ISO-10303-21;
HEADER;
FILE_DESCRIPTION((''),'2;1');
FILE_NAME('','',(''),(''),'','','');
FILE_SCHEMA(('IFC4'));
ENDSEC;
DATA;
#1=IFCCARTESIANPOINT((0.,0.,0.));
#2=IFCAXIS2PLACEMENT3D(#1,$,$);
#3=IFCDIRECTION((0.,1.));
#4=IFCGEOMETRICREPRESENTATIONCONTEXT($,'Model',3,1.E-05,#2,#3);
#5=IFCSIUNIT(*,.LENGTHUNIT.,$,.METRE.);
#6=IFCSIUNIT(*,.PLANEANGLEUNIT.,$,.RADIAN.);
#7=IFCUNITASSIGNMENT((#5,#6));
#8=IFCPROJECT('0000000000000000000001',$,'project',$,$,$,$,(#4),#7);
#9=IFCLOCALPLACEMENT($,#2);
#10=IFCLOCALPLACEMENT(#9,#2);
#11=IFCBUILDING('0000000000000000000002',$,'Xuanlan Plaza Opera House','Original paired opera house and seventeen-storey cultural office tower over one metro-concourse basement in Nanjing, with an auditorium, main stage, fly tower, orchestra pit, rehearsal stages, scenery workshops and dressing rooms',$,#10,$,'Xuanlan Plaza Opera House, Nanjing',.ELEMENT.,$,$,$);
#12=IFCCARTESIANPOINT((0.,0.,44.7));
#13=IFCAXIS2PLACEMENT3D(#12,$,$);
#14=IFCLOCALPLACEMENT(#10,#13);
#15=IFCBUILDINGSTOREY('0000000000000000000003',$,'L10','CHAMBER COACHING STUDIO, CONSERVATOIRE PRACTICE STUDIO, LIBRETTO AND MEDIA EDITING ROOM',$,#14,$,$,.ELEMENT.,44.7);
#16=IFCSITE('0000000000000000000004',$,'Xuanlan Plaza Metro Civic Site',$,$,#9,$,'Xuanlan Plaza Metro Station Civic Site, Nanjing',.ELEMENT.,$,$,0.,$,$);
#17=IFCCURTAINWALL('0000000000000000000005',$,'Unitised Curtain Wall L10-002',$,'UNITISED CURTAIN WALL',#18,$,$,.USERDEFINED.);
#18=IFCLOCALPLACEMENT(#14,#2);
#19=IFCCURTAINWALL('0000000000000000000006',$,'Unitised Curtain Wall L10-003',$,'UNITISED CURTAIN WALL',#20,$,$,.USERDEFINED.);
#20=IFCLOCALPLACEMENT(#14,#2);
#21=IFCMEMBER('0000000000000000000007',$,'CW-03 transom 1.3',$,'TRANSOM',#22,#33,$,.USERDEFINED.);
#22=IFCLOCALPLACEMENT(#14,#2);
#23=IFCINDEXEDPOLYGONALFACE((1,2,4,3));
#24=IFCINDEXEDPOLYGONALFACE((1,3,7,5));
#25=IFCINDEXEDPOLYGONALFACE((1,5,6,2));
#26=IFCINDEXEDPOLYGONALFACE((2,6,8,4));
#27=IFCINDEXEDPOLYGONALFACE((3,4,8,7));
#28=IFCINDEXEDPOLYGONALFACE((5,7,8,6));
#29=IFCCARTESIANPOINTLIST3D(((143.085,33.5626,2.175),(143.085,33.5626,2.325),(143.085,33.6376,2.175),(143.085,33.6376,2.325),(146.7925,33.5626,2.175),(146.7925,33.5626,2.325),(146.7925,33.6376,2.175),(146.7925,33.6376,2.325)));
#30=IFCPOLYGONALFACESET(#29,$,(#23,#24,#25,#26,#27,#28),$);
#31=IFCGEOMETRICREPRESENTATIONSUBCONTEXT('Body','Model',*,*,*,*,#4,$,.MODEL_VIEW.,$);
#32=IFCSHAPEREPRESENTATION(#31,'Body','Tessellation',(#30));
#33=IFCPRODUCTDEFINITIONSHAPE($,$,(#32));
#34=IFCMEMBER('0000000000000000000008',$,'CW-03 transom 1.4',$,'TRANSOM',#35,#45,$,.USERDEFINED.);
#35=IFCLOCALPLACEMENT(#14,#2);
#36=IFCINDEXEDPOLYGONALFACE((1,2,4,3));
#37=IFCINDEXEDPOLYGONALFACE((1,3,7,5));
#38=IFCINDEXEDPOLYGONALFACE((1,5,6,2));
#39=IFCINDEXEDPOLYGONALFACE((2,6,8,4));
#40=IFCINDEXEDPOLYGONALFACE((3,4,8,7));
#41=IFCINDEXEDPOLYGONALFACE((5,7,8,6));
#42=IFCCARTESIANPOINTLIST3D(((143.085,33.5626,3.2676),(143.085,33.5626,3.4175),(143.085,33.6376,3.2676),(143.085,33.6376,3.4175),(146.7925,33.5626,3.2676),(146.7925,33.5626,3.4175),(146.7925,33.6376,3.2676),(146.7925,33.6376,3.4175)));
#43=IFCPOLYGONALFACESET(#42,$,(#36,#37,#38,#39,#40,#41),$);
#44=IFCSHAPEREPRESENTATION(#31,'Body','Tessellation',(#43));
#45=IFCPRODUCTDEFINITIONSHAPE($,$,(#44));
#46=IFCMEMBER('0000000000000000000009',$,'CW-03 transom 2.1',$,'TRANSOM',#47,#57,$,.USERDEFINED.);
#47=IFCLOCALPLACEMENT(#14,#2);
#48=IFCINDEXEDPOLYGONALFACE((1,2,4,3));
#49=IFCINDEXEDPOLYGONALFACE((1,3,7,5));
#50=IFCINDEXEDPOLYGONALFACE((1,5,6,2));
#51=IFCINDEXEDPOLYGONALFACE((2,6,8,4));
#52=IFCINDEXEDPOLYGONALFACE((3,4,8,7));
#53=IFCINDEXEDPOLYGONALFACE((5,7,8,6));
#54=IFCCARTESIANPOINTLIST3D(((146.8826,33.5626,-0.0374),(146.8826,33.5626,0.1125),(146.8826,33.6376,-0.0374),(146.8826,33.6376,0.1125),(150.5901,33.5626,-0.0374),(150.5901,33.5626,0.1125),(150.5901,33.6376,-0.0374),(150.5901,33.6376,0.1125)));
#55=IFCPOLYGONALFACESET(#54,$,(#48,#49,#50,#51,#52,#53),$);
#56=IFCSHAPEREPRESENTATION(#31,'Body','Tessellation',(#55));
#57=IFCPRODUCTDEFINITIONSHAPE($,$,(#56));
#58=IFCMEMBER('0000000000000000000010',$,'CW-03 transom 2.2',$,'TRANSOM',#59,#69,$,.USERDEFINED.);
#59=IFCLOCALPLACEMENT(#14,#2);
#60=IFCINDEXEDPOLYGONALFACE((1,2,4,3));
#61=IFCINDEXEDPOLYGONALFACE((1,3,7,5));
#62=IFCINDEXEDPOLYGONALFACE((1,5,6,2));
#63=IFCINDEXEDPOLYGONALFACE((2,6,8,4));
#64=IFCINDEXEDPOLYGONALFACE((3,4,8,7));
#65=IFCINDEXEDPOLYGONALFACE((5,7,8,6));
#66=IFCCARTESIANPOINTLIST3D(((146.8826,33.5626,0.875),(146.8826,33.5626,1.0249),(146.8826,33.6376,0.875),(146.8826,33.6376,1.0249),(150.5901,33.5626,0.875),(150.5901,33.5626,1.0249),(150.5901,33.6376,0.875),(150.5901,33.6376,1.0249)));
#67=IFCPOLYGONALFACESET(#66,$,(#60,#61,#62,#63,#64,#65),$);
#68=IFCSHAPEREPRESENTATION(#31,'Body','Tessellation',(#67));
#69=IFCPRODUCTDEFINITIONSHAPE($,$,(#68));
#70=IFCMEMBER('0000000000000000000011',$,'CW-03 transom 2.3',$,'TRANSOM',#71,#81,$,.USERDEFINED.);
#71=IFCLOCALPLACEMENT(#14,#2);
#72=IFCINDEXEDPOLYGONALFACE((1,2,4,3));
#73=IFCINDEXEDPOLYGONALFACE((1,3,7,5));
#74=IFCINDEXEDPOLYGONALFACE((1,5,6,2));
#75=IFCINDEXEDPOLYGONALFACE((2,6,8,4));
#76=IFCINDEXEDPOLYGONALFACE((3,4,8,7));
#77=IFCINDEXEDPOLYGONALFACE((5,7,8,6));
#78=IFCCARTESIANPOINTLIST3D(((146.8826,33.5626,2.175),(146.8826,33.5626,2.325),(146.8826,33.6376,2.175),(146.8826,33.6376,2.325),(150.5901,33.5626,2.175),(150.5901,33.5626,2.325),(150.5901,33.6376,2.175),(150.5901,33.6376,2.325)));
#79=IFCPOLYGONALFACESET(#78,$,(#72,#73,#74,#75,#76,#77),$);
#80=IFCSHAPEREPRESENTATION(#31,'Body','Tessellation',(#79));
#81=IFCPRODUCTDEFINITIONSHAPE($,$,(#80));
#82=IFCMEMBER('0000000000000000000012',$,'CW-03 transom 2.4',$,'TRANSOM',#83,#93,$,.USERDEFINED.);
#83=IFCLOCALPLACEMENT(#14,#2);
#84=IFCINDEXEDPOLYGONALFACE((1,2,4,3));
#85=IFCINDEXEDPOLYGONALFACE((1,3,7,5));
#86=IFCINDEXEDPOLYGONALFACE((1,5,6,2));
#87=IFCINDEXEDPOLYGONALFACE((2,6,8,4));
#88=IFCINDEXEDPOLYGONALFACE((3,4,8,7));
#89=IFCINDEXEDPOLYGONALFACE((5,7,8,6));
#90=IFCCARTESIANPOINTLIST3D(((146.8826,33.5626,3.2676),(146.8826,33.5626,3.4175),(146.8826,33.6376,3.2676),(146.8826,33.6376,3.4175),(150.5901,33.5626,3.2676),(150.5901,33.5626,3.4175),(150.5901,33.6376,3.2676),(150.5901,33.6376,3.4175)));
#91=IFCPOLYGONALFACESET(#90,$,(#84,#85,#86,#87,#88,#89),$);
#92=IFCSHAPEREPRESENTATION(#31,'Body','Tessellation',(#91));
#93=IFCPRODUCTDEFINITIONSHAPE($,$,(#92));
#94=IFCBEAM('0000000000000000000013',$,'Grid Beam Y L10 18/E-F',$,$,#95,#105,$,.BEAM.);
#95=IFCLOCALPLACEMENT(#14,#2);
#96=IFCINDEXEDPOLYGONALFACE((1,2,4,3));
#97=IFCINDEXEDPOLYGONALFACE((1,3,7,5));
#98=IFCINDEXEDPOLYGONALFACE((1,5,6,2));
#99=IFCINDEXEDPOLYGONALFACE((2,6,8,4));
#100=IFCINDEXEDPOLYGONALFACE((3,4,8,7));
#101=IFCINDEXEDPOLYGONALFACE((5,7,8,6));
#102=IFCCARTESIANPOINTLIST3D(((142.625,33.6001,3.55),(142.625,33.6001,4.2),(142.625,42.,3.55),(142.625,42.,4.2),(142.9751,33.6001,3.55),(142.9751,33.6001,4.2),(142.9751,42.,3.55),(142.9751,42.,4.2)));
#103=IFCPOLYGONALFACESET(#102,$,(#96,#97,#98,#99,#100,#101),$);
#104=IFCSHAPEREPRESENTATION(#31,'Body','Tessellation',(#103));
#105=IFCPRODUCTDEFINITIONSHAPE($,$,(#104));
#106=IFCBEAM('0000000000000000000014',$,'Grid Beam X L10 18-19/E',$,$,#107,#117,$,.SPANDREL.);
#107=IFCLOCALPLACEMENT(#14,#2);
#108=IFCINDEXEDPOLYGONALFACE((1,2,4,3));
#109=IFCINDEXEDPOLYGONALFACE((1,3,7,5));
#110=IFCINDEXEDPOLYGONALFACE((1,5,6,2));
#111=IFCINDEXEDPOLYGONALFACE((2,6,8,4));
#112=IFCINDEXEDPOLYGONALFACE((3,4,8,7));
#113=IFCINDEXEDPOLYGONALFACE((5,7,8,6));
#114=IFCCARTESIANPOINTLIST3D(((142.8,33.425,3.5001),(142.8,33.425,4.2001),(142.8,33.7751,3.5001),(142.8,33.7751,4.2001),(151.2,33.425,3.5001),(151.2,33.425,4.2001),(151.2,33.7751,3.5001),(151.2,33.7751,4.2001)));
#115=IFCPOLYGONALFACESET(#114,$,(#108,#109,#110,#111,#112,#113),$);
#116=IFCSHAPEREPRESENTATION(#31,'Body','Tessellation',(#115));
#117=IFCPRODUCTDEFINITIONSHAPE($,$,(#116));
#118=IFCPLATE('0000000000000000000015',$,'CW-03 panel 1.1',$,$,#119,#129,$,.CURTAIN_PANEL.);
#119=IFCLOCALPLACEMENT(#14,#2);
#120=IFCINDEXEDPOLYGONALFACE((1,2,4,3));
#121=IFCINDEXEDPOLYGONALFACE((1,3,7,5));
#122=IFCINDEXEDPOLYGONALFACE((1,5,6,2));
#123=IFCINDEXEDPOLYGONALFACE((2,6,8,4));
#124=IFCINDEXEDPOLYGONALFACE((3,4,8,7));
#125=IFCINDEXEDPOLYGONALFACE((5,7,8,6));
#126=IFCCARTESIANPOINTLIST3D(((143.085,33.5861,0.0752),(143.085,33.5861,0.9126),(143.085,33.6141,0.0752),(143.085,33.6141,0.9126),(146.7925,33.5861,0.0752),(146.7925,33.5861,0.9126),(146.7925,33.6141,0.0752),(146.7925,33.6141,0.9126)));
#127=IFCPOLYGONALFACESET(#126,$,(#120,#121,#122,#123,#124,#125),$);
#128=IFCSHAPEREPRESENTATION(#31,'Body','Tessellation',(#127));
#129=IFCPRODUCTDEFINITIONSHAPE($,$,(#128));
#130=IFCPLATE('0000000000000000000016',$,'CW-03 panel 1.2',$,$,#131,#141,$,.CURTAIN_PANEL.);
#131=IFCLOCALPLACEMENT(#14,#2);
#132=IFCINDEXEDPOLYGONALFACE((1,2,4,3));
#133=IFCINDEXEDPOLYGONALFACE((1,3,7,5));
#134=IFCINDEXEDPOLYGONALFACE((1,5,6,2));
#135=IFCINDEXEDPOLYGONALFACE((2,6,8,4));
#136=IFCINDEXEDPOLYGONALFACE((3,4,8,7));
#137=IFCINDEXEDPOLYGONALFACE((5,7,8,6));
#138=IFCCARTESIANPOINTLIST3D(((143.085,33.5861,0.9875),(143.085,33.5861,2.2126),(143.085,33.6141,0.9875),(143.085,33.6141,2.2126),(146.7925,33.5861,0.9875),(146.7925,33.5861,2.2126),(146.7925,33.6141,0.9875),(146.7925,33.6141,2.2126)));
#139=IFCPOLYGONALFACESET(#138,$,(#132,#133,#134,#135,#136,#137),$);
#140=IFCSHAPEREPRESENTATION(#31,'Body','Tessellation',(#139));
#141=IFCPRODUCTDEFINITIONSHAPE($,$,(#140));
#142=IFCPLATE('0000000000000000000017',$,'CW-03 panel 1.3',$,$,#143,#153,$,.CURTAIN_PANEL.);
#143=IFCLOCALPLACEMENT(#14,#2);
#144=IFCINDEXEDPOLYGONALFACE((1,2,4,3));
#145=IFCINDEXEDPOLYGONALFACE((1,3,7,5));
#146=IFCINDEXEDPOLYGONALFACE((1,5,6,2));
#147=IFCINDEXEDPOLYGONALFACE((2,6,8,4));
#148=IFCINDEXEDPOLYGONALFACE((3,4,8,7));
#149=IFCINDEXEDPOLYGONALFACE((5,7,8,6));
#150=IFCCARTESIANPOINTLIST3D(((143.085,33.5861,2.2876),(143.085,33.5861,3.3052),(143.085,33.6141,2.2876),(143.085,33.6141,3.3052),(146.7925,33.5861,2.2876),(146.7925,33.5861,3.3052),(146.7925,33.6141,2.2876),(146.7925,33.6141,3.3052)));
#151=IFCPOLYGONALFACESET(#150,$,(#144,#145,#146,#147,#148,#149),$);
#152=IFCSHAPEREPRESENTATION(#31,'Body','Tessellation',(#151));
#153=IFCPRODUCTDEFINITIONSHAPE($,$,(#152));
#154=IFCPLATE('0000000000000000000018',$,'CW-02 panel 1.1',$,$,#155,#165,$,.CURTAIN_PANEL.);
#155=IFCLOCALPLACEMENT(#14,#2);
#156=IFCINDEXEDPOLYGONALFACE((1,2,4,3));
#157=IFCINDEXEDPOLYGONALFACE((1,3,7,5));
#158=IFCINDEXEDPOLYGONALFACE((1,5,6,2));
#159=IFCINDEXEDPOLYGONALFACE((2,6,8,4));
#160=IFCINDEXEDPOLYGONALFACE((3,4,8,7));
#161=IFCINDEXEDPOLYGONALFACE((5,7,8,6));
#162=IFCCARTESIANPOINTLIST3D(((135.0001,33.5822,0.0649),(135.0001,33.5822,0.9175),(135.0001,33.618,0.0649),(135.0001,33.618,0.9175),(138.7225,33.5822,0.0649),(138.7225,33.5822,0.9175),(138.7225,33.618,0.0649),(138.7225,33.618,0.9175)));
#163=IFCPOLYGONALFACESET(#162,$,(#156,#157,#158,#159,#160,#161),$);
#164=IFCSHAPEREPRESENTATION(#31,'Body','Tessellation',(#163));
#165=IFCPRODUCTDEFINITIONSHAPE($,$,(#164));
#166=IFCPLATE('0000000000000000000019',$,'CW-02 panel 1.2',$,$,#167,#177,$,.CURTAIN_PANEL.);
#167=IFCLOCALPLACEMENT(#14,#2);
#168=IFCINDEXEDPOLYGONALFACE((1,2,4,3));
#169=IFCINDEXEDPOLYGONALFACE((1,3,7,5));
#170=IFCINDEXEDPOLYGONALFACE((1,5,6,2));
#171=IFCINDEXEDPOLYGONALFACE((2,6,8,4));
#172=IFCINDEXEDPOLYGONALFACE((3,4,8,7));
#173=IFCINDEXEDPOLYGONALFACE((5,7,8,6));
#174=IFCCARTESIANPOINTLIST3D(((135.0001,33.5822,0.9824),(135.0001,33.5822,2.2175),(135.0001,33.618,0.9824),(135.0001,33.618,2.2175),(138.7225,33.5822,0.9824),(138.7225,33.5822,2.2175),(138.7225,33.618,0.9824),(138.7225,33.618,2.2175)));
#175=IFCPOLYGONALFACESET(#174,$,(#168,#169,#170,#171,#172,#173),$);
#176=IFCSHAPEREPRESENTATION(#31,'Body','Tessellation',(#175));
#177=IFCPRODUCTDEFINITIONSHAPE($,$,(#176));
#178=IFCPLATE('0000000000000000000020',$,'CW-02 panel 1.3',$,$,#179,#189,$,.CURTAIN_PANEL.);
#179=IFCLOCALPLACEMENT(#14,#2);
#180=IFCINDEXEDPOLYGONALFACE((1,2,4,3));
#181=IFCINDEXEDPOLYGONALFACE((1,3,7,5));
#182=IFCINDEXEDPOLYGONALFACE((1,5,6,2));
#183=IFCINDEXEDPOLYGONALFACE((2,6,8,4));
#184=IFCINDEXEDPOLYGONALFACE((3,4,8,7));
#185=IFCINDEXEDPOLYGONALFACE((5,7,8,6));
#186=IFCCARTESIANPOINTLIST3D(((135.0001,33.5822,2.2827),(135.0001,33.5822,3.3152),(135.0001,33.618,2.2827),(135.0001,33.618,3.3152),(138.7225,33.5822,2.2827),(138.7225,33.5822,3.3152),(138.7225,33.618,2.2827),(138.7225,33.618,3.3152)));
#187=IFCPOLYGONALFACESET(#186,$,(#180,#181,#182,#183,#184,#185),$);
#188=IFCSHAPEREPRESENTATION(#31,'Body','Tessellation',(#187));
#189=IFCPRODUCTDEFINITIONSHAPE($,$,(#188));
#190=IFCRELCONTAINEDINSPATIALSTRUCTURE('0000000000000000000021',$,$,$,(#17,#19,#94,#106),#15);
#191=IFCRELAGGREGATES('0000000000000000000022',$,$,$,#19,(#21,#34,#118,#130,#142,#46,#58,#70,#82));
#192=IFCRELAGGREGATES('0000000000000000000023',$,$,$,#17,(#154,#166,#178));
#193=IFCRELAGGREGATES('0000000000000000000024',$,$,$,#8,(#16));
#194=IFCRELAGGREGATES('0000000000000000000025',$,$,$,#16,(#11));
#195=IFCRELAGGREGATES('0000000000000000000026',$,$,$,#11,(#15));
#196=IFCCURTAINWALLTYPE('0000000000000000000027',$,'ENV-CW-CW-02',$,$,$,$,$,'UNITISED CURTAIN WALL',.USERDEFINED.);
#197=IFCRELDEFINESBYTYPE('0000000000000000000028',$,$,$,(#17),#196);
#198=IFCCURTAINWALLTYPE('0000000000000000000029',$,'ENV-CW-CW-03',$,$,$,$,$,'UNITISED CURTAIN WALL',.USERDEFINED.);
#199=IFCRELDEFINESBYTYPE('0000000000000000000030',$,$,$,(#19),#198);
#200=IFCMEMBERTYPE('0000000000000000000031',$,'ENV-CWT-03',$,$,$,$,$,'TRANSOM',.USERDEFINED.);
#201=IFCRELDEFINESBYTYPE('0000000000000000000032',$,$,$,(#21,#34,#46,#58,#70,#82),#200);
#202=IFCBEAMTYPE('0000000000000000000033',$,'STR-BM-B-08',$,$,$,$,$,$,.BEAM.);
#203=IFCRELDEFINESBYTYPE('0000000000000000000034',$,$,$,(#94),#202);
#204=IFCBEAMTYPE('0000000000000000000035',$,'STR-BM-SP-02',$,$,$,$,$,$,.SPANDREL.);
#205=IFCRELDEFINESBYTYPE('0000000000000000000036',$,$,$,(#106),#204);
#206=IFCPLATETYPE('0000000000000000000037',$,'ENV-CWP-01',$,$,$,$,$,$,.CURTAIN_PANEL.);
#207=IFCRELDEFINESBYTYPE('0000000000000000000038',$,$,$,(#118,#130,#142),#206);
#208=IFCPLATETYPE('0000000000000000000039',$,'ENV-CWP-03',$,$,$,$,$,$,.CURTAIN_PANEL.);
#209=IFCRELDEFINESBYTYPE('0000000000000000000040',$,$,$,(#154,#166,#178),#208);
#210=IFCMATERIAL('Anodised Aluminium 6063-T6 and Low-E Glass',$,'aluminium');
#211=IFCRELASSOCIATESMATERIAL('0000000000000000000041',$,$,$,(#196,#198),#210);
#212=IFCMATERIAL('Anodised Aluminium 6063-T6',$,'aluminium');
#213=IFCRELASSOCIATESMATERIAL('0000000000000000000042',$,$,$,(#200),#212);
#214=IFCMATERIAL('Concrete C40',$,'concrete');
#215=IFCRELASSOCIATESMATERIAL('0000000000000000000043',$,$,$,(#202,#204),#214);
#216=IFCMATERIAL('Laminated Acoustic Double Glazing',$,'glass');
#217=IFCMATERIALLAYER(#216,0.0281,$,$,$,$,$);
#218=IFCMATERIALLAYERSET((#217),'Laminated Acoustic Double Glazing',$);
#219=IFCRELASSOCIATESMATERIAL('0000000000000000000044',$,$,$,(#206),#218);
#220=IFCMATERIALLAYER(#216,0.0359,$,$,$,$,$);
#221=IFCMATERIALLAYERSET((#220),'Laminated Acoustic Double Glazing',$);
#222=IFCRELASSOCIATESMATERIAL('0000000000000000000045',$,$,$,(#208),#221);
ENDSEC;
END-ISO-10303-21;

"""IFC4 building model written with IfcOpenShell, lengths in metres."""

from ifc_helpers import new_model, si_unit, direction, frame, origin, origin_2d, place, context, subcontext, project, spatial, rectangle, extrude, material, layer, layer_set, material_profile, profile_set, type_object, element, aggregate, save


model = new_model("IFC4")

# Units and contexts
model_context = context("Model", 3, precision=1e-05, world=origin(), true_north=direction((0.0, 1.0)))
body_context = subcontext(model_context, "Body", "Model", "MODEL_VIEW")
ifc_project = project(units=[si_unit("LENGTHUNIT", "METRE"), si_unit("PLANEANGLEUNIT", "RADIAN")], contexts=[model_context])

# Site, building, storey
site_placement = place(None, origin())
site = spatial("IfcSite", under=ifc_project, at=site_placement, Name="Xuanlan Plaza Metro Civic Site", LongName="Xuanlan Plaza Metro Station Civic Site, Nanjing", CompositionType="ELEMENT", RefElevation=0.0)
building_placement = place(site_placement, origin())
building = spatial("IfcBuilding", under=site, at=building_placement, Name="Xuanlan Plaza Opera House", Description="Original paired opera house and seventeen-storey cultural office tower over one metro-concourse basement in Nanjing, with an auditorium, main stage, fly tower, orchestra pit, rehearsal stages, scenery workshops and dressing rooms", LongName="Xuanlan Plaza Opera House, Nanjing", CompositionType="ELEMENT")
storey_placement = place(building_placement, frame((0.0, 0.0, 44.7)))
storey = spatial("IfcBuildingStorey", under=building, at=storey_placement, Name="L10", Description="CHAMBER COACHING STUDIO, CONSERVATOIRE PRACTICE STUDIO, LIBRETTO AND MEDIA EDITING ROOM", CompositionType="ELEMENT", Elevation=44.7)

# Curtain walls
ifc_material_1 = material(Name="Anodised Aluminium 6063-T6 and Low-E Glass", Category="aluminium")
curtain_wall_type_1 = type_object("IfcCurtainWallType", Name="ENV-CW-CW-02", ElementType="UNITISED CURTAIN WALL", PredefinedType="USERDEFINED", material=ifc_material_1)
curtain_wall_1_placement = place(storey_placement, origin())
curtain_wall_1 = element("IfcCurtainWall", 1, at=curtain_wall_1_placement, inside=storey, type_object=curtain_wall_type_1, Name="Unitised Curtain Wall L10-002", ObjectType="UNITISED CURTAIN WALL", PredefinedType="USERDEFINED")
ifc_material_2 = material(Name="Anodised Aluminium 6063-T6", Category="aluminium")
curtain_wall_type_2 = type_object("IfcCurtainWallType", Name="ENV-CW-CW-03", ElementType="UNITISED CURTAIN WALL", PredefinedType="USERDEFINED", material=ifc_material_1)
curtain_wall_2_placement = place(storey_placement, origin())
curtain_wall_2 = element("IfcCurtainWall", 2, at=curtain_wall_2_placement, inside=storey, type_object=curtain_wall_type_2, Name="Unitised Curtain Wall L10-003", ObjectType="UNITISED CURTAIN WALL", PredefinedType="USERDEFINED")

# Members
ifc_material_profile_1 = material_profile(ifc_material_2, rectangle(XDim=0.075, YDim=0.1499, at=origin_2d()), Name="ALU-T 75x150")
ifc_profile_set_1 = profile_set([ifc_material_profile_1], Name="Anodised Aluminium 6063-T6")
member_type_1 = type_object("IfcMemberType", Name="ENV-CWT-03", ElementType="TRANSOM", PredefinedType="USERDEFINED", material=ifc_profile_set_1)
member_1_placement = place(storey_placement, frame((143.085, 33.6001, 2.25), z_axis=(1.0, 0.0, 0.0), x_axis=(0.0, 1.0, 0.0)))
member_1 = element("IfcMember", 3, at=member_1_placement, type_object=member_type_1, Name="CW-03 transom 1.3", ObjectType="TRANSOM", PredefinedType="USERDEFINED", context=body_context, shape_type="SweptSolid", body=[
    extrude(rectangle(XDim=0.075, YDim=0.1499, at=origin_2d()), origin(), (0.0, 0.0, 1.0), 3.7075),
])
member_2_placement = place(storey_placement, frame((143.085, 33.6001, 3.3425), z_axis=(1.0, 0.0, 0.0), x_axis=(0.0, 1.0, 0.0)))
member_2 = element("IfcMember", 4, at=member_2_placement, type_object=member_type_1, Name="CW-03 transom 1.4", ObjectType="TRANSOM", PredefinedType="USERDEFINED", context=body_context, shape_type="SweptSolid", body=[
    extrude(rectangle(XDim=0.075, YDim=0.1499, at=origin_2d()), origin(), (0.0, 0.0, 1.0), 3.7075),
])
member_3_placement = place(storey_placement, frame((146.8826, 33.6001, 0.0376), z_axis=(1.0, 0.0, 0.0), x_axis=(0.0, 1.0, 0.0)))
member_3 = element("IfcMember", 5, at=member_3_placement, type_object=member_type_1, Name="CW-03 transom 2.1", ObjectType="TRANSOM", PredefinedType="USERDEFINED", context=body_context, shape_type="SweptSolid", body=[
    extrude(rectangle(XDim=0.075, YDim=0.1499, at=origin_2d()), origin(), (0.0, 0.0, 1.0), 3.7075),
])
member_4_placement = place(storey_placement, frame((146.8826, 33.6001, 0.95), z_axis=(1.0, 0.0, 0.0), x_axis=(0.0, 1.0, 0.0)))
member_4 = element("IfcMember", 6, at=member_4_placement, type_object=member_type_1, Name="CW-03 transom 2.2", ObjectType="TRANSOM", PredefinedType="USERDEFINED", context=body_context, shape_type="SweptSolid", body=[
    extrude(rectangle(XDim=0.075, YDim=0.1499, at=origin_2d()), origin(), (0.0, 0.0, 1.0), 3.7075),
])
member_5_placement = place(storey_placement, frame((146.8826, 33.6001, 2.25), z_axis=(1.0, 0.0, 0.0), x_axis=(0.0, 1.0, 0.0)))
member_5 = element("IfcMember", 7, at=member_5_placement, type_object=member_type_1, Name="CW-03 transom 2.3", ObjectType="TRANSOM", PredefinedType="USERDEFINED", context=body_context, shape_type="SweptSolid", body=[
    extrude(rectangle(XDim=0.075, YDim=0.1499, at=origin_2d()), origin(), (0.0, 0.0, 1.0), 3.7075),
])
member_6_placement = place(storey_placement, frame((146.8826, 33.6001, 3.3425), z_axis=(1.0, 0.0, 0.0), x_axis=(0.0, 1.0, 0.0)))
member_6 = element("IfcMember", 8, at=member_6_placement, type_object=member_type_1, Name="CW-03 transom 2.4", ObjectType="TRANSOM", PredefinedType="USERDEFINED", context=body_context, shape_type="SweptSolid", body=[
    extrude(rectangle(XDim=0.075, YDim=0.1499, at=origin_2d()), origin(), (0.0, 0.0, 1.0), 3.7075),
])

# Beams
ifc_material_3 = material(Name="Concrete C40", Category="concrete")
ifc_material_profile_2 = material_profile(ifc_material_3, rectangle(XDim=0.3501, YDim=0.6499, at=origin_2d()), Name="RC-BM 350x650")
ifc_profile_set_2 = profile_set([ifc_material_profile_2], Name="Concrete C40")
beam_type_1 = type_object("IfcBeamType", Name="STR-BM-B-08", PredefinedType="BEAM", material=ifc_profile_set_2)
beam_1_placement = place(storey_placement, frame((142.8, 33.6001, 3.875), z_axis=(0.0, 1.0, 0.0), x_axis=(-1.0, 0.0, 0.0)))
element("IfcBeam", 9, at=beam_1_placement, inside=storey, type_object=beam_type_1, Name="Grid Beam Y L10 18/E-F", PredefinedType="BEAM", context=body_context, shape_type="SweptSolid", body=[
    extrude(rectangle(XDim=0.3501, YDim=0.6499, at=origin_2d()), origin(), (0.0, 0.0, 1.0), 8.3999),
])
ifc_material_profile_3 = material_profile(ifc_material_3, rectangle(XDim=0.3501, YDim=0.7, at=origin_2d()), Name="RC-SPD 350x700")
ifc_profile_set_3 = profile_set([ifc_material_profile_3], Name="Concrete C40")
beam_type_2 = type_object("IfcBeamType", Name="STR-BM-SP-02", PredefinedType="SPANDREL", material=ifc_profile_set_3)
beam_2_placement = place(storey_placement, frame((142.8, 33.6001, 3.8501), z_axis=(1.0, 0.0, 0.0), x_axis=(0.0, 1.0, 0.0)))
element("IfcBeam", 10, at=beam_2_placement, inside=storey, type_object=beam_type_2, Name="Grid Beam X L10 18-19/E", PredefinedType="SPANDREL", context=body_context, shape_type="SweptSolid", body=[
    extrude(rectangle(XDim=0.3501, YDim=0.7, at=origin_2d()), origin(), (0.0, 0.0, 1.0), 8.3999),
])

# Plates
ifc_material_4 = material(Name="Laminated Acoustic Double Glazing", Category="glass")
ifc_layer_1 = layer(ifc_material_4, 0.0281)
ifc_layer_set_1 = layer_set([ifc_layer_1], Name="Laminated Acoustic Double Glazing")
plate_type_1 = type_object("IfcPlateType", Name="ENV-CWP-01", PredefinedType="CURTAIN_PANEL", material=ifc_layer_set_1)
plate_1_placement = place(storey_placement, frame((144.9387, 33.6001, 0.0752), z_axis=(0.0, 0.0, 1.0), x_axis=(1.0, 0.0, 0.0)))
plate_1 = element("IfcPlate", 11, at=plate_1_placement, type_object=plate_type_1, Name="CW-03 panel 1.1", PredefinedType="CURTAIN_PANEL", context=body_context, shape_type="SweptSolid", body=[
    extrude(rectangle(XDim=3.7075, YDim=0.0281, at=origin_2d()), origin(), (0.0, 0.0, 1.0), 0.8374),
])
plate_2_placement = place(storey_placement, frame((144.9387, 33.6001, 0.9875), z_axis=(0.0, 0.0, 1.0), x_axis=(1.0, 0.0, 0.0)))
plate_2 = element("IfcPlate", 12, at=plate_2_placement, type_object=plate_type_1, Name="CW-03 panel 1.2", PredefinedType="CURTAIN_PANEL", context=body_context, shape_type="SweptSolid", body=[
    extrude(rectangle(XDim=3.7075, YDim=0.0281, at=origin_2d()), origin(), (0.0, 0.0, 1.0), 1.2251),
])
plate_3_placement = place(storey_placement, frame((144.9387, 33.6001, 2.2876), z_axis=(0.0, 0.0, 1.0), x_axis=(1.0, 0.0, 0.0)))
plate_3 = element("IfcPlate", 13, at=plate_3_placement, type_object=plate_type_1, Name="CW-03 panel 1.3", PredefinedType="CURTAIN_PANEL", context=body_context, shape_type="SweptSolid", body=[
    extrude(rectangle(XDim=3.7075, YDim=0.0281, at=origin_2d()), origin(), (0.0, 0.0, 1.0), 1.0176),
])
aggregate(curtain_wall_2, [member_1, member_2, plate_1, plate_2, plate_3, member_3, member_4, member_5, member_6])
ifc_layer_2 = layer(ifc_material_4, 0.0359)
ifc_layer_set_2 = layer_set([ifc_layer_2], Name="Laminated Acoustic Double Glazing")
plate_type_2 = type_object("IfcPlateType", Name="ENV-CWP-03", PredefinedType="CURTAIN_PANEL", material=ifc_layer_set_2)
plate_4_placement = place(storey_placement, frame((136.8613, 33.6001, 0.0649), z_axis=(0.0, 0.0, 1.0), x_axis=(1.0, 0.0, 0.0)))
plate_4 = element("IfcPlate", 14, at=plate_4_placement, type_object=plate_type_2, Name="CW-02 panel 1.1", PredefinedType="CURTAIN_PANEL", context=body_context, shape_type="SweptSolid", body=[
    extrude(rectangle(XDim=3.7224, YDim=0.0359, at=origin_2d()), origin(), (0.0, 0.0, 1.0), 0.8525),
])
plate_5_placement = place(storey_placement, frame((136.8613, 33.6001, 0.9824), z_axis=(0.0, 0.0, 1.0), x_axis=(1.0, 0.0, 0.0)))
plate_5 = element("IfcPlate", 15, at=plate_5_placement, type_object=plate_type_2, Name="CW-02 panel 1.2", PredefinedType="CURTAIN_PANEL", context=body_context, shape_type="SweptSolid", body=[
    extrude(rectangle(XDim=3.7224, YDim=0.0359, at=origin_2d()), origin(), (0.0, 0.0, 1.0), 1.2351),
])
plate_6_placement = place(storey_placement, frame((136.8613, 33.6001, 2.2827), z_axis=(0.0, 0.0, 1.0), x_axis=(1.0, 0.0, 0.0)))
plate_6 = element("IfcPlate", 16, at=plate_6_placement, type_object=plate_type_2, Name="CW-02 panel 1.3", PredefinedType="CURTAIN_PANEL", context=body_context, shape_type="SweptSolid", body=[
    extrude(rectangle(XDim=3.7224, YDim=0.0359, at=origin_2d()), origin(), (0.0, 0.0, 1.0), 1.0325),
])
aggregate(curtain_wall_1, [plate_4, plate_5, plate_6])

save(model, "model.ifc")
